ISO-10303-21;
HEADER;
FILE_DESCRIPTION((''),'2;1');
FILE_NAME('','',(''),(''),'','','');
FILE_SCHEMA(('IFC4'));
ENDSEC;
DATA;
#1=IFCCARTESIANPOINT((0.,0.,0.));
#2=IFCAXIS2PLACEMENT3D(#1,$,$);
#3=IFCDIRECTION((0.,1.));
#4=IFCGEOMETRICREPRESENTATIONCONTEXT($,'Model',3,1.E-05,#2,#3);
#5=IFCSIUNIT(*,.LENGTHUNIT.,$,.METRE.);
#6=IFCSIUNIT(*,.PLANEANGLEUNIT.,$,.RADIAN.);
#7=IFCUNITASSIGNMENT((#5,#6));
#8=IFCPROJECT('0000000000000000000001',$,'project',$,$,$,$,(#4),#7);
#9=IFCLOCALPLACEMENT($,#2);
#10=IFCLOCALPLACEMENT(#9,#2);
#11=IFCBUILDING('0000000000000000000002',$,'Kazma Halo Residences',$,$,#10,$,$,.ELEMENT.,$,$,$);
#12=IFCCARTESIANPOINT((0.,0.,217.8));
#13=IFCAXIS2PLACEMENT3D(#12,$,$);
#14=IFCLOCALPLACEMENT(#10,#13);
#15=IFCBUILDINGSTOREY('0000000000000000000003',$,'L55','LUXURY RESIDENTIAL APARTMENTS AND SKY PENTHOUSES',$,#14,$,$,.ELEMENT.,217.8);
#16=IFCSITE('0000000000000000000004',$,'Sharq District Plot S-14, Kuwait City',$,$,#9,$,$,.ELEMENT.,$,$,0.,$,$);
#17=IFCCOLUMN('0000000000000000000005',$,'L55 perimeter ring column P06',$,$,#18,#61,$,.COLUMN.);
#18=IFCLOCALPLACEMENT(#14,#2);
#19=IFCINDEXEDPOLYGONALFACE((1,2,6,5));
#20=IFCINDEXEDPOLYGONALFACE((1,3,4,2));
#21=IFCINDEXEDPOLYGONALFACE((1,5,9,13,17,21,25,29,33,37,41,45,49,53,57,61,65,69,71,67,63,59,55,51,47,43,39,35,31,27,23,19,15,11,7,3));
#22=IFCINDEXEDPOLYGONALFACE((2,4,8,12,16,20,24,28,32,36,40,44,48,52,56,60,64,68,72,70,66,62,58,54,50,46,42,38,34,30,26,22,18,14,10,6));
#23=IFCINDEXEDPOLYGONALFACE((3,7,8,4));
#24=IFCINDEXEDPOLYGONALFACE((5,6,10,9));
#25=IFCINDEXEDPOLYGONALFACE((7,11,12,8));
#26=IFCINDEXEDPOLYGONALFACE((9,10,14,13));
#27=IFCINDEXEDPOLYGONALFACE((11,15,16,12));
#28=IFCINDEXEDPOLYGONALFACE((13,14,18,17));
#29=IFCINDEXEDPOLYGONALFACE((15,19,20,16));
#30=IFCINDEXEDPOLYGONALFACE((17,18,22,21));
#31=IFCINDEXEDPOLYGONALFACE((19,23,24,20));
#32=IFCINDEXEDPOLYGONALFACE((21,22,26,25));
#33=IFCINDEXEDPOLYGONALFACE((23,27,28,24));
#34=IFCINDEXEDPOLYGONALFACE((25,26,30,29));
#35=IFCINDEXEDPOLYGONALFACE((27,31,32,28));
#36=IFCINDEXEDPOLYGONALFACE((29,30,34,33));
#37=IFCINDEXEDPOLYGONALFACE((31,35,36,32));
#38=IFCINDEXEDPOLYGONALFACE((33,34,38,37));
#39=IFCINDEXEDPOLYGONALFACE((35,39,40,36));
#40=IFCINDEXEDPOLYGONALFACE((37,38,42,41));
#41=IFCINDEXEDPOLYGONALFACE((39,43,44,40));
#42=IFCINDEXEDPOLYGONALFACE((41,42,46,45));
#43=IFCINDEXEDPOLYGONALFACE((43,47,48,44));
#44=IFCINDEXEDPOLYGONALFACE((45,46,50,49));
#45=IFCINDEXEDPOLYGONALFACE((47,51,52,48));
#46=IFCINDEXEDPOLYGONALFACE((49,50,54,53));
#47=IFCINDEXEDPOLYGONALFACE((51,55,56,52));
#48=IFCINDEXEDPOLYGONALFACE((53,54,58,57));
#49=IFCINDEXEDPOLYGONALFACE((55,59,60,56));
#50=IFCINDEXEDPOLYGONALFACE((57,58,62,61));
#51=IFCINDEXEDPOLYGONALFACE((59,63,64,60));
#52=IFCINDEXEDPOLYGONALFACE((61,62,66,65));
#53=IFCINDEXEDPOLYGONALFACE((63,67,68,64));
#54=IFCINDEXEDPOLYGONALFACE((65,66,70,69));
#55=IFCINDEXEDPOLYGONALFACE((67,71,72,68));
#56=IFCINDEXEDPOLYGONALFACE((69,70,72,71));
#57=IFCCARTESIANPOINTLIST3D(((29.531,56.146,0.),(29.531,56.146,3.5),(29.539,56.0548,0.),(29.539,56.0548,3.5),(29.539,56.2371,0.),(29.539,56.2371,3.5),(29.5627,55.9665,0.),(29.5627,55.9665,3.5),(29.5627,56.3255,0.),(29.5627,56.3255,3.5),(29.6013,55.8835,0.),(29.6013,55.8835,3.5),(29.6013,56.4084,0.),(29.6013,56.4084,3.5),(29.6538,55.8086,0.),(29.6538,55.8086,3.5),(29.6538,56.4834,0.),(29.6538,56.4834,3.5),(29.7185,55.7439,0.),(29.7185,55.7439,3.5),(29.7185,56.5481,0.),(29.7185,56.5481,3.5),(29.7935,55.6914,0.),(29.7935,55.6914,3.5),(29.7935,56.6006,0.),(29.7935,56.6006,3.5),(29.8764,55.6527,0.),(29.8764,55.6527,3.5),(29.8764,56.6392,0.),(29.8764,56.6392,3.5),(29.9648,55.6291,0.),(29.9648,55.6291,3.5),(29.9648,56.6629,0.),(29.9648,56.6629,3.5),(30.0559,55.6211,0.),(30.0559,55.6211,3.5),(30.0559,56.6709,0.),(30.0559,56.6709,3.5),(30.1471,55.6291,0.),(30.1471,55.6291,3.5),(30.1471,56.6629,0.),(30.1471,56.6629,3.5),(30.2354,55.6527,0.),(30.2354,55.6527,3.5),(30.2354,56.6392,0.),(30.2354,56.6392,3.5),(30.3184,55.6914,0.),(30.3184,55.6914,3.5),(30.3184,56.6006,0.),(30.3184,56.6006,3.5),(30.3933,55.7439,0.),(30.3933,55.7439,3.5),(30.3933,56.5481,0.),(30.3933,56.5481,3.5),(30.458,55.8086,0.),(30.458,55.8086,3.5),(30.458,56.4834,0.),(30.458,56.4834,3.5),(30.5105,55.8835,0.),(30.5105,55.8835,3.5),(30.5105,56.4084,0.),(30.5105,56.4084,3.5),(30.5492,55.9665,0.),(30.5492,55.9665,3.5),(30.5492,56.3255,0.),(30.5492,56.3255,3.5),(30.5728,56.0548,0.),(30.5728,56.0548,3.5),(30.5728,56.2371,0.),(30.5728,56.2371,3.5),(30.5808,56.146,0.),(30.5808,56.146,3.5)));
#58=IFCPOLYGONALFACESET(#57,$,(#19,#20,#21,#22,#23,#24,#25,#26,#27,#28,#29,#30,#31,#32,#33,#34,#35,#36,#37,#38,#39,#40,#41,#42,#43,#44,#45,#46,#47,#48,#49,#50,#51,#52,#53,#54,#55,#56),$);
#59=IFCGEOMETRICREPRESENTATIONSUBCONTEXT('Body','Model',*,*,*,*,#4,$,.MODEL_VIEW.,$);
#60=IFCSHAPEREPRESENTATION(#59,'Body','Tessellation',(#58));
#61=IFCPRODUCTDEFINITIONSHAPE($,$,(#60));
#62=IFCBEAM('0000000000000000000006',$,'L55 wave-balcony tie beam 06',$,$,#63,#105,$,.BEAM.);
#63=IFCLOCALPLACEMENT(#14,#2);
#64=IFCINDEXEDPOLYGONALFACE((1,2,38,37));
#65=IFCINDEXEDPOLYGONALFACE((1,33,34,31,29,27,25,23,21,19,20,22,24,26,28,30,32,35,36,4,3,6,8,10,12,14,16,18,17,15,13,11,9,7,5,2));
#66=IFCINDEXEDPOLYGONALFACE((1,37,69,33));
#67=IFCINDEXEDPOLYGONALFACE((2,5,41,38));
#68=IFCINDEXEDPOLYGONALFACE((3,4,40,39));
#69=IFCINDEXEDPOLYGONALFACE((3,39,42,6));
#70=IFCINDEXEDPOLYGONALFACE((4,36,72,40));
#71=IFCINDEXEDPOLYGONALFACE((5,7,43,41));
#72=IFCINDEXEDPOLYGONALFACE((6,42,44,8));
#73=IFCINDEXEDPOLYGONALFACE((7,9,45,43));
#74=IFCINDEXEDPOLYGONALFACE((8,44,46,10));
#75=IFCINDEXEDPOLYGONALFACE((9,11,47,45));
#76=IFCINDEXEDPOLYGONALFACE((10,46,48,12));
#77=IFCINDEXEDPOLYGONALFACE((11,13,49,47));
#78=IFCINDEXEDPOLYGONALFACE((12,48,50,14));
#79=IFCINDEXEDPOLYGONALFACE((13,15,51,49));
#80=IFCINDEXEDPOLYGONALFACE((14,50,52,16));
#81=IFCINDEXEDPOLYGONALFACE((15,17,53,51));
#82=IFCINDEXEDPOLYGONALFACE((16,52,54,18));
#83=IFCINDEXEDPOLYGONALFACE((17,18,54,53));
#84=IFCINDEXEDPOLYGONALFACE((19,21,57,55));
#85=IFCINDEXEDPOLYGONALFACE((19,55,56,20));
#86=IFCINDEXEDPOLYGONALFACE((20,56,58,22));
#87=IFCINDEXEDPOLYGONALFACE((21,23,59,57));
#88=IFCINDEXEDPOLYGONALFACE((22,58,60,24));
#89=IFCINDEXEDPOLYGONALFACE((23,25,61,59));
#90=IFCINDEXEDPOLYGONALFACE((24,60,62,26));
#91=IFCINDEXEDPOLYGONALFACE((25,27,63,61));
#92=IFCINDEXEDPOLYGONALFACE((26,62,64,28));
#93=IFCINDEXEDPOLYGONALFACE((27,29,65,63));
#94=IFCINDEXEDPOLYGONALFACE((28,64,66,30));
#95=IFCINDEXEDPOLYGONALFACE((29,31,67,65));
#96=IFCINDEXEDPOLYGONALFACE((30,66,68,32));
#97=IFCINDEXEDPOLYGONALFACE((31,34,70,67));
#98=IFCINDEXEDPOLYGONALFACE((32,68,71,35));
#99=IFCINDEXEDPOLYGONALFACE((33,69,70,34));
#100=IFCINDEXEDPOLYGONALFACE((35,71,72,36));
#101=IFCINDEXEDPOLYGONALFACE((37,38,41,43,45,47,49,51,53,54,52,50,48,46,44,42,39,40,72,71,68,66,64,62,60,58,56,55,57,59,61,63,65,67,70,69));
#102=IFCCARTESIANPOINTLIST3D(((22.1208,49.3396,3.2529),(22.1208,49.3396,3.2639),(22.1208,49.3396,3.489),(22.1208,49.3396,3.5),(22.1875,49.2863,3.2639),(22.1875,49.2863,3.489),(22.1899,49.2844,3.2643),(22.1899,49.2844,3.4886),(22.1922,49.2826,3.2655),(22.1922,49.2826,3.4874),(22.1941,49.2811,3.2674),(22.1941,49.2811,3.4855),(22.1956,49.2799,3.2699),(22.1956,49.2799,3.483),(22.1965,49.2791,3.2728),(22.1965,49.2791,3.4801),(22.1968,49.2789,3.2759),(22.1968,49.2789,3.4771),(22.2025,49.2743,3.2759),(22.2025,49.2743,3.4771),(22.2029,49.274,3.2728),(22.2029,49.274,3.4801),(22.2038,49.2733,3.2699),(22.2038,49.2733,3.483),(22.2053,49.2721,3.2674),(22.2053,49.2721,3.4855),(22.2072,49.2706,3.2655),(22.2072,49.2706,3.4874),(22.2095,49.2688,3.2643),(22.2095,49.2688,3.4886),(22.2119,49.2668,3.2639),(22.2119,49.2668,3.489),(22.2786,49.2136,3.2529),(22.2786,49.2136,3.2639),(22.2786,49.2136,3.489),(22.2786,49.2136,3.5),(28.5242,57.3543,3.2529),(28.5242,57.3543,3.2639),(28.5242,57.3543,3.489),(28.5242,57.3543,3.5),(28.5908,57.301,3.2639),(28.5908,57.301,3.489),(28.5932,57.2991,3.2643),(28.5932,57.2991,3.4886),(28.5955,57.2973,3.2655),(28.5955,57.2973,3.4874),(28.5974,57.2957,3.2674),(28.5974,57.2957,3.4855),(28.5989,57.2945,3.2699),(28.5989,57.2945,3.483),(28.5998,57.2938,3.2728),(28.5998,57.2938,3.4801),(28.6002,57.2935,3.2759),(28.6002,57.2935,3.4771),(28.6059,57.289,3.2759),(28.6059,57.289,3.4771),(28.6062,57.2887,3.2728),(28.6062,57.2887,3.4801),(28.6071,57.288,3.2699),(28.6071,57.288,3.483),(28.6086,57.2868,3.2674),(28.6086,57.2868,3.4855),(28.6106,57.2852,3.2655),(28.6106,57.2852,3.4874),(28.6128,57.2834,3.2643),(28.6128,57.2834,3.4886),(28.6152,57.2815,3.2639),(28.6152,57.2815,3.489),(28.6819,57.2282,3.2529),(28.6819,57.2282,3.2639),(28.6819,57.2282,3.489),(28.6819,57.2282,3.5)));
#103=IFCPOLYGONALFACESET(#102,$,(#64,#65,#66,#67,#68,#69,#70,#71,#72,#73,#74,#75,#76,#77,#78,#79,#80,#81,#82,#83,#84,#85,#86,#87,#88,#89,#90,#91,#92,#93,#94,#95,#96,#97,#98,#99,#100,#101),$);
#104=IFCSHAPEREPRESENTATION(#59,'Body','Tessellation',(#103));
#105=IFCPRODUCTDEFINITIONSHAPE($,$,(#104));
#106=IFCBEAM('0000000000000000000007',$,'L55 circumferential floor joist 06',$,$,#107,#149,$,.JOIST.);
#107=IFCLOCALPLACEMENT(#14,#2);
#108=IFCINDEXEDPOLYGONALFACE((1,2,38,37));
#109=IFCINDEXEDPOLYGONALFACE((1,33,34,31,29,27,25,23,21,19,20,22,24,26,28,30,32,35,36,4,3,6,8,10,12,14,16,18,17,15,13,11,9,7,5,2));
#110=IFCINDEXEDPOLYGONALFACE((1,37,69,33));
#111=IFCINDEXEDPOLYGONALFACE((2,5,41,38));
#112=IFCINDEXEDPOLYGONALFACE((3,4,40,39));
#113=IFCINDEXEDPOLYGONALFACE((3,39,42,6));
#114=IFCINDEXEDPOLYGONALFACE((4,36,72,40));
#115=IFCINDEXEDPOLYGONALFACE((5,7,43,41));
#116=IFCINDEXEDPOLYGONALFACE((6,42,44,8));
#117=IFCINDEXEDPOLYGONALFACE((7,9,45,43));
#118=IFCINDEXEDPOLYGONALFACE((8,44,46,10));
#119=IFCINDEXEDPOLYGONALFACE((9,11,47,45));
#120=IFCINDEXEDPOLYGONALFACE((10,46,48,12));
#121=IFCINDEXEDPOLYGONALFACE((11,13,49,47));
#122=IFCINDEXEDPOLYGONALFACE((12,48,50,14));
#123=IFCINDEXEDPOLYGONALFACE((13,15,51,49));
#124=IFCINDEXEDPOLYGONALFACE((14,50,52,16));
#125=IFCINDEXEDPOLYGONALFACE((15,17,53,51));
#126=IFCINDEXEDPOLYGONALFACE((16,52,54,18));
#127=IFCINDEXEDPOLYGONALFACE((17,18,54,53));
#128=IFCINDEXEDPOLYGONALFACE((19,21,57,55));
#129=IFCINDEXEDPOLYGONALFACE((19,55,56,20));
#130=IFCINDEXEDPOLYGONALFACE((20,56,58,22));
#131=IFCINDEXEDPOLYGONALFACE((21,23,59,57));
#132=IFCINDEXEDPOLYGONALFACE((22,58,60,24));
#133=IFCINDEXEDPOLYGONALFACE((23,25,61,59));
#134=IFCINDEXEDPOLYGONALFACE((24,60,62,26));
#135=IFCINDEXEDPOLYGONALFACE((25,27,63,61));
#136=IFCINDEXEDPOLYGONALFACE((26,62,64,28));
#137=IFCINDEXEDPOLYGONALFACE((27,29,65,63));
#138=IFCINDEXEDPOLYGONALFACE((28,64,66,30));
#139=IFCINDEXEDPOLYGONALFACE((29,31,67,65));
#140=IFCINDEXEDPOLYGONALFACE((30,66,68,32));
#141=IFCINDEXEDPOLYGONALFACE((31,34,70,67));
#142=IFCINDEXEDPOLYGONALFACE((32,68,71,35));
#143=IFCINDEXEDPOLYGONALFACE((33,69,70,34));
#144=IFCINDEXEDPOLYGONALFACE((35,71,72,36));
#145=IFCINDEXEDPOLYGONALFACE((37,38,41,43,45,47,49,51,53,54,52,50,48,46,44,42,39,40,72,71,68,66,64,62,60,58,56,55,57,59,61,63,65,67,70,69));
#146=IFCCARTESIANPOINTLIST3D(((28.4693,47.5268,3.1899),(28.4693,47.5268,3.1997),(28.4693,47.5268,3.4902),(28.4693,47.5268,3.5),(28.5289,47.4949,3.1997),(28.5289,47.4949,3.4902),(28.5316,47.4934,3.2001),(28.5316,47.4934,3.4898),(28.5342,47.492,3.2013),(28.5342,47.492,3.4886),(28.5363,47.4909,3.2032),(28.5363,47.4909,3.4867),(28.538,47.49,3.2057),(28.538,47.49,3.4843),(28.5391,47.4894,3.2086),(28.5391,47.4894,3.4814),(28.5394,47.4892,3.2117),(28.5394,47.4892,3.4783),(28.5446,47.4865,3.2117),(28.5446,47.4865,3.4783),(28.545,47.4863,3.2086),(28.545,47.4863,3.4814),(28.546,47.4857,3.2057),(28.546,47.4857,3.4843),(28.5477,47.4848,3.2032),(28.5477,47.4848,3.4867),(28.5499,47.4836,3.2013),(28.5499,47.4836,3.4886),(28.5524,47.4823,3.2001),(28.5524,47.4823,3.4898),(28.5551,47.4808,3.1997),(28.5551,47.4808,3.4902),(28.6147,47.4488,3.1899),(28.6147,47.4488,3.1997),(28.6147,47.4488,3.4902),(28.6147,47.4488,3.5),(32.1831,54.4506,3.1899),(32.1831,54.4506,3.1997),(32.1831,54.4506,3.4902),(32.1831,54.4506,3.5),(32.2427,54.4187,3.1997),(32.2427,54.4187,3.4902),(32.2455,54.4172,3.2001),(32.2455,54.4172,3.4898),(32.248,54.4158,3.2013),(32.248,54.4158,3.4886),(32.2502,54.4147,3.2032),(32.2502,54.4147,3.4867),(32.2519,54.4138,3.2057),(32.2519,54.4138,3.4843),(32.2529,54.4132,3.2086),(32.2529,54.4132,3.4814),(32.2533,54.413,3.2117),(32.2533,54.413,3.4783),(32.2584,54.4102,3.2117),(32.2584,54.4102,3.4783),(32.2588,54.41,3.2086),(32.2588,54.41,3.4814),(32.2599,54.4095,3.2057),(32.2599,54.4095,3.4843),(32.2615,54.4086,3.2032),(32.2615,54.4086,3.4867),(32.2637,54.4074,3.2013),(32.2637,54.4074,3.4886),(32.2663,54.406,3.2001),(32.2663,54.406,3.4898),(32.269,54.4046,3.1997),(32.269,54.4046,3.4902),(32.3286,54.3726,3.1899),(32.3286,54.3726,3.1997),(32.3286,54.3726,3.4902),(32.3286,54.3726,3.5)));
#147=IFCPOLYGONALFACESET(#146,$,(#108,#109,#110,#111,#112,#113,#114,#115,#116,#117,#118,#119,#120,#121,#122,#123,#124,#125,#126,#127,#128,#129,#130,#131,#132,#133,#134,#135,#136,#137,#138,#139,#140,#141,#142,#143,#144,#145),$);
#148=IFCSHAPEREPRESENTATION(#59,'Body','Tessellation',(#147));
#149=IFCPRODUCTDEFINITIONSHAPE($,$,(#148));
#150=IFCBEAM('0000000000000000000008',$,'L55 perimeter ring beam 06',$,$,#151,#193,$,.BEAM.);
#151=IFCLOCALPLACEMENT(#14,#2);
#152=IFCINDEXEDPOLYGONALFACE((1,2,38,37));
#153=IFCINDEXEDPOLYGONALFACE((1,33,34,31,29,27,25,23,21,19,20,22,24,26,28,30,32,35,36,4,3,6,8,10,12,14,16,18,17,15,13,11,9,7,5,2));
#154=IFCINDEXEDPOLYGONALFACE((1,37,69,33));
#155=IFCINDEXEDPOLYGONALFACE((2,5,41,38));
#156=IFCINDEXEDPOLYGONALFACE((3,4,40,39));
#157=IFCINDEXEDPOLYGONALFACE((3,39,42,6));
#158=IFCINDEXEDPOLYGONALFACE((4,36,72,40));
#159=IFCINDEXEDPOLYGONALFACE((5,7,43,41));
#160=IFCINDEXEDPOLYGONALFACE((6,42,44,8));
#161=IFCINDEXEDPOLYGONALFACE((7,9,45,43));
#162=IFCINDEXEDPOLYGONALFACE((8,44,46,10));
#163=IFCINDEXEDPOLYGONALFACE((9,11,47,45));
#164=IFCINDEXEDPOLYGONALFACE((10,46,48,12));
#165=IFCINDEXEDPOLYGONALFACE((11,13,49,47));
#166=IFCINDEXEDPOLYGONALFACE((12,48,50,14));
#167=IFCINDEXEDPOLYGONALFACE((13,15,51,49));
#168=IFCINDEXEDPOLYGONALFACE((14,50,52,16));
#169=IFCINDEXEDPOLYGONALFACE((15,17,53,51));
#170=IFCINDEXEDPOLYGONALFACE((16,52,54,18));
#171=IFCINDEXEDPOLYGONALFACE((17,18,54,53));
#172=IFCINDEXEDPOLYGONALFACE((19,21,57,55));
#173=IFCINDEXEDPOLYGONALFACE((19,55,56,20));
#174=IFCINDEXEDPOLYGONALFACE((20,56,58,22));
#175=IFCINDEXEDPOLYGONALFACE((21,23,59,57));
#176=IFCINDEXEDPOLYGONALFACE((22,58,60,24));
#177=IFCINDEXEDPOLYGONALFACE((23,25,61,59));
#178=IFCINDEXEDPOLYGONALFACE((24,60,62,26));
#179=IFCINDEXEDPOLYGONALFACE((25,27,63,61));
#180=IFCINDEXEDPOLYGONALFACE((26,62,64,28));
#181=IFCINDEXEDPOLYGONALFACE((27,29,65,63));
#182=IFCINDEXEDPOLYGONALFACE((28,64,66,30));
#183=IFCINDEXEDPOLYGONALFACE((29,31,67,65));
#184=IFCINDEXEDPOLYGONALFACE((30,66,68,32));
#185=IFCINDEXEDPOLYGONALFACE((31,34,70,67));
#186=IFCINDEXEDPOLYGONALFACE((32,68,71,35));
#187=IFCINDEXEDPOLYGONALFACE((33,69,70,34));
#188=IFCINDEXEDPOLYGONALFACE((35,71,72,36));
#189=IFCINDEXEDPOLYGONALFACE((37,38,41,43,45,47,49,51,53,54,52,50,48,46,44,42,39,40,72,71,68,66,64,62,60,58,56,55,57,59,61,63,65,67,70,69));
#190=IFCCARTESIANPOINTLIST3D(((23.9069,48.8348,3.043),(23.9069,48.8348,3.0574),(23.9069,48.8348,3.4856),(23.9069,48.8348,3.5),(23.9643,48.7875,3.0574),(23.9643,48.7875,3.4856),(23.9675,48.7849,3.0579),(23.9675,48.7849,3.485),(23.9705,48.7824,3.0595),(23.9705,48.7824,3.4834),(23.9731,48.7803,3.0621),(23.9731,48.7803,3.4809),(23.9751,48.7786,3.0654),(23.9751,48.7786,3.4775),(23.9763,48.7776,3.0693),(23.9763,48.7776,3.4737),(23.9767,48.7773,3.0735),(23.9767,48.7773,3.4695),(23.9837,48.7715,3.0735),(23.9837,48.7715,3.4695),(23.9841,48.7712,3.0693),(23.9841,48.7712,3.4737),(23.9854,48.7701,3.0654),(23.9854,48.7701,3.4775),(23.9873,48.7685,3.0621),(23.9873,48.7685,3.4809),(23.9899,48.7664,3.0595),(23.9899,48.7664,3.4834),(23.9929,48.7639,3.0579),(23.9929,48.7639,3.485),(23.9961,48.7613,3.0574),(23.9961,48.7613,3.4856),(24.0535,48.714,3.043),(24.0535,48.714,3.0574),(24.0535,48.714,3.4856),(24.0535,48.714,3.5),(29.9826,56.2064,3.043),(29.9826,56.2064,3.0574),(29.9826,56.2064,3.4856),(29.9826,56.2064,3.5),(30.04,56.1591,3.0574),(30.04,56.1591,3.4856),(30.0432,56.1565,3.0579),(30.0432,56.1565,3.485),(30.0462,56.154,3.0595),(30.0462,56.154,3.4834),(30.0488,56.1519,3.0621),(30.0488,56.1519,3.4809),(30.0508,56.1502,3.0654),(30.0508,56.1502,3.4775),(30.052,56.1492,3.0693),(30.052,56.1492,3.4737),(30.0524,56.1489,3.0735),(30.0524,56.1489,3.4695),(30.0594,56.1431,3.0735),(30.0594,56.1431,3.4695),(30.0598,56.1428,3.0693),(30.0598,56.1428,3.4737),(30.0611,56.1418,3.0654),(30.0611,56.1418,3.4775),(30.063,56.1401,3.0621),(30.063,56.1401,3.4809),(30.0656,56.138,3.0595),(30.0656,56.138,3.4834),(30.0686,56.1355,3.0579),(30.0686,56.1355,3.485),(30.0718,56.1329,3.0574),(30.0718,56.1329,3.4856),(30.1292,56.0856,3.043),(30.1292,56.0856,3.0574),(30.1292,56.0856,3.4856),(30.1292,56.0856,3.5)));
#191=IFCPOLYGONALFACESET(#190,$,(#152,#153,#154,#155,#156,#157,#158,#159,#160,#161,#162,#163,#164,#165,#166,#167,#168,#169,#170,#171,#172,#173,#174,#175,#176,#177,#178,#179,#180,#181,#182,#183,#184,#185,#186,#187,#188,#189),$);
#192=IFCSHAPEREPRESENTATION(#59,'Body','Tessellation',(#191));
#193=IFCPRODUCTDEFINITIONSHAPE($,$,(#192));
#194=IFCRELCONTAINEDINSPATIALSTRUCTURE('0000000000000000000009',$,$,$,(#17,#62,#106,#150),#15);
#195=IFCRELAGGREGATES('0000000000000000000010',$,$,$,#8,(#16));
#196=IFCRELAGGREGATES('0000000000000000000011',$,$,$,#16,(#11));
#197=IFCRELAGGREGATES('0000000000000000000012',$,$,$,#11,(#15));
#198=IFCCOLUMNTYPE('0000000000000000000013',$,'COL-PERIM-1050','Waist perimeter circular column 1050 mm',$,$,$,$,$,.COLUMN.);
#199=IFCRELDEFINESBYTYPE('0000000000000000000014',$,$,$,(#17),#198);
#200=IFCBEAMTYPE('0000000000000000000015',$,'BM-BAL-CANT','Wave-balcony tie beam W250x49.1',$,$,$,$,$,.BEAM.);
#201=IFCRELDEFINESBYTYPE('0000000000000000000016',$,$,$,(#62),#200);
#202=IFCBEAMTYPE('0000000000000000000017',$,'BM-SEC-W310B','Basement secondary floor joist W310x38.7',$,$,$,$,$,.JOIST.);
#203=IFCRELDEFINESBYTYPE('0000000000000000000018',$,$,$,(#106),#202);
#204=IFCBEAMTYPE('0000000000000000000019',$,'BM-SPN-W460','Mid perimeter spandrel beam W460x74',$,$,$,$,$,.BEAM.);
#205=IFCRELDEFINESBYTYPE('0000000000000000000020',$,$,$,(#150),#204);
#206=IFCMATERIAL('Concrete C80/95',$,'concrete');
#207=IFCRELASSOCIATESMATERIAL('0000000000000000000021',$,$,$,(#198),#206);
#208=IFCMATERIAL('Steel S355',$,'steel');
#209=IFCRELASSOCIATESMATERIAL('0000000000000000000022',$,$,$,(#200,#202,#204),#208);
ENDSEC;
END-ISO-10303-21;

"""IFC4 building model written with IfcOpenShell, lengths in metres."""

from ifc_helpers import new_model, si_unit, direction, frame, origin, origin_2d, place, context, subcontext, project, spatial, circle, i_section, extrude, material, material_profile, profile_set, type_object, element, save


model = new_model("IFC4")

# Units and contexts
model_context = context("Model", 3, precision=1e-05, world=origin(), true_north=direction((0.0, 1.0)))
body_context = subcontext(model_context, "Body", "Model", "MODEL_VIEW")
ifc_project = project(units=[si_unit("LENGTHUNIT", "METRE"), si_unit("PLANEANGLEUNIT", "RADIAN")], contexts=[model_context])

# Site, building, storey
site_placement = place(None, origin())
site = spatial("IfcSite", under=ifc_project, at=site_placement, Name="Sharq District Plot S-14, Kuwait City", CompositionType="ELEMENT", RefElevation=0.0)
building_placement = place(site_placement, origin())
building = spatial("IfcBuilding", under=site, at=building_placement, Name="Kazma Halo Residences", CompositionType="ELEMENT")
storey_placement = place(building_placement, frame((0.0, 0.0, 217.8)))
storey = spatial("IfcBuildingStorey", under=building, at=storey_placement, Name="L55", Description="LUXURY RESIDENTIAL APARTMENTS AND SKY PENTHOUSES", CompositionType="ELEMENT", Elevation=217.8)

# Column
ifc_material_1 = material(Name="Concrete C80/95", Category="concrete")
ifc_material_profile_1 = material_profile(ifc_material_1, circle(Radius=0.5249, at=origin_2d()), Name="CIRC1050")
ifc_profile_set_1 = profile_set([ifc_material_profile_1], Name="Concrete C80/95")
column_type = type_object("IfcColumnType", Name="COL-PERIM-1050", Description="Waist perimeter circular column 1050 mm", PredefinedType="COLUMN", material=ifc_profile_set_1)
column_placement = place(storey_placement, frame((30.0559, 56.146, 0.0), z_axis=(0.0, 0.0, 1.0), x_axis=(1.0, 0.0, 0.0)))
element("IfcColumn", 1, at=column_placement, inside=storey, type_object=column_type, Name="L55 perimeter ring column P06", PredefinedType="COLUMN", context=body_context, shape_type="SweptSolid", body=[
    extrude(circle(Radius=0.5249, at=origin_2d()), origin(), (0.0, 0.0, 1.0), 3.5),
])

# Beams
ifc_material_2 = material(Name="Steel S355", Category="steel")
ifc_material_profile_2 = material_profile(ifc_material_2, i_section(OverallWidth=0.2019, OverallDepth=0.2471, WebThickness=0.0073, FlangeThickness=0.011, FilletRadius=0.012, at=origin_2d()), Name="W250x49.1")
ifc_profile_set_2 = profile_set([ifc_material_profile_2], Name="Steel S355")
beam_type_1 = type_object("IfcBeamType", Name="BM-BAL-CANT", Description="Wave-balcony tie beam W250x49.1", PredefinedType="BEAM", material=ifc_profile_set_2)
beam_1_placement = place(storey_placement, frame((28.603, 57.2913, 3.3765), z_axis=(-0.624196, -0.781268, 0.0), x_axis=(0.781268, -0.624196, 0.0)))
element("IfcBeam", 2, at=beam_1_placement, inside=storey, type_object=beam_type_1, Name="L55 wave-balcony tie beam 06", PredefinedType="BEAM", context=body_context, shape_type="SweptSolid", body=[
    extrude(i_section(OverallWidth=0.2019, OverallDepth=0.2471, WebThickness=0.0073, FlangeThickness=0.011, FilletRadius=0.012, at=origin_2d()), origin(), (0.0, 0.0, 1.0), 10.2585),
])
ifc_material_profile_3 = material_profile(ifc_material_2, i_section(OverallWidth=0.165, OverallDepth=0.3101, WebThickness=0.0059, FlangeThickness=0.0098, FilletRadius=0.012, at=origin_2d()), Name="W310x38.7")
ifc_profile_set_3 = profile_set([ifc_material_profile_3], Name="Steel S355")
beam_type_2 = type_object("IfcBeamType", Name="BM-SEC-W310B", Description="Basement secondary floor joist W310x38.7", PredefinedType="JOIST", material=ifc_profile_set_3)
beam_2_placement = place(storey_placement, frame((32.2559, 54.4116, 3.345), z_axis=(-0.472684, -0.881232, 0.0), x_axis=(0.881232, -0.472684, 0.0)))
element("IfcBeam", 3, at=beam_2_placement, inside=storey, type_object=beam_type_2, Name="L55 circumferential floor joist 06", PredefinedType="JOIST", context=body_context, shape_type="SweptSolid", body=[
    extrude(i_section(OverallWidth=0.165, OverallDepth=0.3101, WebThickness=0.0059, FlangeThickness=0.0098, FilletRadius=0.012, at=origin_2d()), origin(), (0.0, 0.0, 1.0), 7.8569),
])
ifc_material_profile_4 = material_profile(ifc_material_2, i_section(OverallWidth=0.1899, OverallDepth=0.457, WebThickness=0.009, FlangeThickness=0.0144, FilletRadius=0.0161, at=origin_2d()), Name="W460x74")
ifc_profile_set_4 = profile_set([ifc_material_profile_4], Name="Steel S355")
beam_type_3 = type_object("IfcBeamType", Name="BM-SPN-W460", Description="Mid perimeter spandrel beam W460x74", PredefinedType="BEAM", material=ifc_profile_set_4)
beam_3_placement = place(storey_placement, frame((30.0559, 56.146, 3.2715), z_axis=(-0.636017, -0.771675, 0.0), x_axis=(0.771675, -0.636017, 0.0)))
element("IfcBeam", 4, at=beam_3_placement, inside=storey, type_object=beam_type_3, Name="L55 perimeter ring beam 06", PredefinedType="BEAM", context=body_context, shape_type="SweptSolid", body=[
    extrude(i_section(OverallWidth=0.1899, OverallDepth=0.457, WebThickness=0.009, FlangeThickness=0.0144, FilletRadius=0.0161, at=origin_2d()), origin(), (0.0, 0.0, 1.0), 9.5527),
])

save(model, "model.ifc")
